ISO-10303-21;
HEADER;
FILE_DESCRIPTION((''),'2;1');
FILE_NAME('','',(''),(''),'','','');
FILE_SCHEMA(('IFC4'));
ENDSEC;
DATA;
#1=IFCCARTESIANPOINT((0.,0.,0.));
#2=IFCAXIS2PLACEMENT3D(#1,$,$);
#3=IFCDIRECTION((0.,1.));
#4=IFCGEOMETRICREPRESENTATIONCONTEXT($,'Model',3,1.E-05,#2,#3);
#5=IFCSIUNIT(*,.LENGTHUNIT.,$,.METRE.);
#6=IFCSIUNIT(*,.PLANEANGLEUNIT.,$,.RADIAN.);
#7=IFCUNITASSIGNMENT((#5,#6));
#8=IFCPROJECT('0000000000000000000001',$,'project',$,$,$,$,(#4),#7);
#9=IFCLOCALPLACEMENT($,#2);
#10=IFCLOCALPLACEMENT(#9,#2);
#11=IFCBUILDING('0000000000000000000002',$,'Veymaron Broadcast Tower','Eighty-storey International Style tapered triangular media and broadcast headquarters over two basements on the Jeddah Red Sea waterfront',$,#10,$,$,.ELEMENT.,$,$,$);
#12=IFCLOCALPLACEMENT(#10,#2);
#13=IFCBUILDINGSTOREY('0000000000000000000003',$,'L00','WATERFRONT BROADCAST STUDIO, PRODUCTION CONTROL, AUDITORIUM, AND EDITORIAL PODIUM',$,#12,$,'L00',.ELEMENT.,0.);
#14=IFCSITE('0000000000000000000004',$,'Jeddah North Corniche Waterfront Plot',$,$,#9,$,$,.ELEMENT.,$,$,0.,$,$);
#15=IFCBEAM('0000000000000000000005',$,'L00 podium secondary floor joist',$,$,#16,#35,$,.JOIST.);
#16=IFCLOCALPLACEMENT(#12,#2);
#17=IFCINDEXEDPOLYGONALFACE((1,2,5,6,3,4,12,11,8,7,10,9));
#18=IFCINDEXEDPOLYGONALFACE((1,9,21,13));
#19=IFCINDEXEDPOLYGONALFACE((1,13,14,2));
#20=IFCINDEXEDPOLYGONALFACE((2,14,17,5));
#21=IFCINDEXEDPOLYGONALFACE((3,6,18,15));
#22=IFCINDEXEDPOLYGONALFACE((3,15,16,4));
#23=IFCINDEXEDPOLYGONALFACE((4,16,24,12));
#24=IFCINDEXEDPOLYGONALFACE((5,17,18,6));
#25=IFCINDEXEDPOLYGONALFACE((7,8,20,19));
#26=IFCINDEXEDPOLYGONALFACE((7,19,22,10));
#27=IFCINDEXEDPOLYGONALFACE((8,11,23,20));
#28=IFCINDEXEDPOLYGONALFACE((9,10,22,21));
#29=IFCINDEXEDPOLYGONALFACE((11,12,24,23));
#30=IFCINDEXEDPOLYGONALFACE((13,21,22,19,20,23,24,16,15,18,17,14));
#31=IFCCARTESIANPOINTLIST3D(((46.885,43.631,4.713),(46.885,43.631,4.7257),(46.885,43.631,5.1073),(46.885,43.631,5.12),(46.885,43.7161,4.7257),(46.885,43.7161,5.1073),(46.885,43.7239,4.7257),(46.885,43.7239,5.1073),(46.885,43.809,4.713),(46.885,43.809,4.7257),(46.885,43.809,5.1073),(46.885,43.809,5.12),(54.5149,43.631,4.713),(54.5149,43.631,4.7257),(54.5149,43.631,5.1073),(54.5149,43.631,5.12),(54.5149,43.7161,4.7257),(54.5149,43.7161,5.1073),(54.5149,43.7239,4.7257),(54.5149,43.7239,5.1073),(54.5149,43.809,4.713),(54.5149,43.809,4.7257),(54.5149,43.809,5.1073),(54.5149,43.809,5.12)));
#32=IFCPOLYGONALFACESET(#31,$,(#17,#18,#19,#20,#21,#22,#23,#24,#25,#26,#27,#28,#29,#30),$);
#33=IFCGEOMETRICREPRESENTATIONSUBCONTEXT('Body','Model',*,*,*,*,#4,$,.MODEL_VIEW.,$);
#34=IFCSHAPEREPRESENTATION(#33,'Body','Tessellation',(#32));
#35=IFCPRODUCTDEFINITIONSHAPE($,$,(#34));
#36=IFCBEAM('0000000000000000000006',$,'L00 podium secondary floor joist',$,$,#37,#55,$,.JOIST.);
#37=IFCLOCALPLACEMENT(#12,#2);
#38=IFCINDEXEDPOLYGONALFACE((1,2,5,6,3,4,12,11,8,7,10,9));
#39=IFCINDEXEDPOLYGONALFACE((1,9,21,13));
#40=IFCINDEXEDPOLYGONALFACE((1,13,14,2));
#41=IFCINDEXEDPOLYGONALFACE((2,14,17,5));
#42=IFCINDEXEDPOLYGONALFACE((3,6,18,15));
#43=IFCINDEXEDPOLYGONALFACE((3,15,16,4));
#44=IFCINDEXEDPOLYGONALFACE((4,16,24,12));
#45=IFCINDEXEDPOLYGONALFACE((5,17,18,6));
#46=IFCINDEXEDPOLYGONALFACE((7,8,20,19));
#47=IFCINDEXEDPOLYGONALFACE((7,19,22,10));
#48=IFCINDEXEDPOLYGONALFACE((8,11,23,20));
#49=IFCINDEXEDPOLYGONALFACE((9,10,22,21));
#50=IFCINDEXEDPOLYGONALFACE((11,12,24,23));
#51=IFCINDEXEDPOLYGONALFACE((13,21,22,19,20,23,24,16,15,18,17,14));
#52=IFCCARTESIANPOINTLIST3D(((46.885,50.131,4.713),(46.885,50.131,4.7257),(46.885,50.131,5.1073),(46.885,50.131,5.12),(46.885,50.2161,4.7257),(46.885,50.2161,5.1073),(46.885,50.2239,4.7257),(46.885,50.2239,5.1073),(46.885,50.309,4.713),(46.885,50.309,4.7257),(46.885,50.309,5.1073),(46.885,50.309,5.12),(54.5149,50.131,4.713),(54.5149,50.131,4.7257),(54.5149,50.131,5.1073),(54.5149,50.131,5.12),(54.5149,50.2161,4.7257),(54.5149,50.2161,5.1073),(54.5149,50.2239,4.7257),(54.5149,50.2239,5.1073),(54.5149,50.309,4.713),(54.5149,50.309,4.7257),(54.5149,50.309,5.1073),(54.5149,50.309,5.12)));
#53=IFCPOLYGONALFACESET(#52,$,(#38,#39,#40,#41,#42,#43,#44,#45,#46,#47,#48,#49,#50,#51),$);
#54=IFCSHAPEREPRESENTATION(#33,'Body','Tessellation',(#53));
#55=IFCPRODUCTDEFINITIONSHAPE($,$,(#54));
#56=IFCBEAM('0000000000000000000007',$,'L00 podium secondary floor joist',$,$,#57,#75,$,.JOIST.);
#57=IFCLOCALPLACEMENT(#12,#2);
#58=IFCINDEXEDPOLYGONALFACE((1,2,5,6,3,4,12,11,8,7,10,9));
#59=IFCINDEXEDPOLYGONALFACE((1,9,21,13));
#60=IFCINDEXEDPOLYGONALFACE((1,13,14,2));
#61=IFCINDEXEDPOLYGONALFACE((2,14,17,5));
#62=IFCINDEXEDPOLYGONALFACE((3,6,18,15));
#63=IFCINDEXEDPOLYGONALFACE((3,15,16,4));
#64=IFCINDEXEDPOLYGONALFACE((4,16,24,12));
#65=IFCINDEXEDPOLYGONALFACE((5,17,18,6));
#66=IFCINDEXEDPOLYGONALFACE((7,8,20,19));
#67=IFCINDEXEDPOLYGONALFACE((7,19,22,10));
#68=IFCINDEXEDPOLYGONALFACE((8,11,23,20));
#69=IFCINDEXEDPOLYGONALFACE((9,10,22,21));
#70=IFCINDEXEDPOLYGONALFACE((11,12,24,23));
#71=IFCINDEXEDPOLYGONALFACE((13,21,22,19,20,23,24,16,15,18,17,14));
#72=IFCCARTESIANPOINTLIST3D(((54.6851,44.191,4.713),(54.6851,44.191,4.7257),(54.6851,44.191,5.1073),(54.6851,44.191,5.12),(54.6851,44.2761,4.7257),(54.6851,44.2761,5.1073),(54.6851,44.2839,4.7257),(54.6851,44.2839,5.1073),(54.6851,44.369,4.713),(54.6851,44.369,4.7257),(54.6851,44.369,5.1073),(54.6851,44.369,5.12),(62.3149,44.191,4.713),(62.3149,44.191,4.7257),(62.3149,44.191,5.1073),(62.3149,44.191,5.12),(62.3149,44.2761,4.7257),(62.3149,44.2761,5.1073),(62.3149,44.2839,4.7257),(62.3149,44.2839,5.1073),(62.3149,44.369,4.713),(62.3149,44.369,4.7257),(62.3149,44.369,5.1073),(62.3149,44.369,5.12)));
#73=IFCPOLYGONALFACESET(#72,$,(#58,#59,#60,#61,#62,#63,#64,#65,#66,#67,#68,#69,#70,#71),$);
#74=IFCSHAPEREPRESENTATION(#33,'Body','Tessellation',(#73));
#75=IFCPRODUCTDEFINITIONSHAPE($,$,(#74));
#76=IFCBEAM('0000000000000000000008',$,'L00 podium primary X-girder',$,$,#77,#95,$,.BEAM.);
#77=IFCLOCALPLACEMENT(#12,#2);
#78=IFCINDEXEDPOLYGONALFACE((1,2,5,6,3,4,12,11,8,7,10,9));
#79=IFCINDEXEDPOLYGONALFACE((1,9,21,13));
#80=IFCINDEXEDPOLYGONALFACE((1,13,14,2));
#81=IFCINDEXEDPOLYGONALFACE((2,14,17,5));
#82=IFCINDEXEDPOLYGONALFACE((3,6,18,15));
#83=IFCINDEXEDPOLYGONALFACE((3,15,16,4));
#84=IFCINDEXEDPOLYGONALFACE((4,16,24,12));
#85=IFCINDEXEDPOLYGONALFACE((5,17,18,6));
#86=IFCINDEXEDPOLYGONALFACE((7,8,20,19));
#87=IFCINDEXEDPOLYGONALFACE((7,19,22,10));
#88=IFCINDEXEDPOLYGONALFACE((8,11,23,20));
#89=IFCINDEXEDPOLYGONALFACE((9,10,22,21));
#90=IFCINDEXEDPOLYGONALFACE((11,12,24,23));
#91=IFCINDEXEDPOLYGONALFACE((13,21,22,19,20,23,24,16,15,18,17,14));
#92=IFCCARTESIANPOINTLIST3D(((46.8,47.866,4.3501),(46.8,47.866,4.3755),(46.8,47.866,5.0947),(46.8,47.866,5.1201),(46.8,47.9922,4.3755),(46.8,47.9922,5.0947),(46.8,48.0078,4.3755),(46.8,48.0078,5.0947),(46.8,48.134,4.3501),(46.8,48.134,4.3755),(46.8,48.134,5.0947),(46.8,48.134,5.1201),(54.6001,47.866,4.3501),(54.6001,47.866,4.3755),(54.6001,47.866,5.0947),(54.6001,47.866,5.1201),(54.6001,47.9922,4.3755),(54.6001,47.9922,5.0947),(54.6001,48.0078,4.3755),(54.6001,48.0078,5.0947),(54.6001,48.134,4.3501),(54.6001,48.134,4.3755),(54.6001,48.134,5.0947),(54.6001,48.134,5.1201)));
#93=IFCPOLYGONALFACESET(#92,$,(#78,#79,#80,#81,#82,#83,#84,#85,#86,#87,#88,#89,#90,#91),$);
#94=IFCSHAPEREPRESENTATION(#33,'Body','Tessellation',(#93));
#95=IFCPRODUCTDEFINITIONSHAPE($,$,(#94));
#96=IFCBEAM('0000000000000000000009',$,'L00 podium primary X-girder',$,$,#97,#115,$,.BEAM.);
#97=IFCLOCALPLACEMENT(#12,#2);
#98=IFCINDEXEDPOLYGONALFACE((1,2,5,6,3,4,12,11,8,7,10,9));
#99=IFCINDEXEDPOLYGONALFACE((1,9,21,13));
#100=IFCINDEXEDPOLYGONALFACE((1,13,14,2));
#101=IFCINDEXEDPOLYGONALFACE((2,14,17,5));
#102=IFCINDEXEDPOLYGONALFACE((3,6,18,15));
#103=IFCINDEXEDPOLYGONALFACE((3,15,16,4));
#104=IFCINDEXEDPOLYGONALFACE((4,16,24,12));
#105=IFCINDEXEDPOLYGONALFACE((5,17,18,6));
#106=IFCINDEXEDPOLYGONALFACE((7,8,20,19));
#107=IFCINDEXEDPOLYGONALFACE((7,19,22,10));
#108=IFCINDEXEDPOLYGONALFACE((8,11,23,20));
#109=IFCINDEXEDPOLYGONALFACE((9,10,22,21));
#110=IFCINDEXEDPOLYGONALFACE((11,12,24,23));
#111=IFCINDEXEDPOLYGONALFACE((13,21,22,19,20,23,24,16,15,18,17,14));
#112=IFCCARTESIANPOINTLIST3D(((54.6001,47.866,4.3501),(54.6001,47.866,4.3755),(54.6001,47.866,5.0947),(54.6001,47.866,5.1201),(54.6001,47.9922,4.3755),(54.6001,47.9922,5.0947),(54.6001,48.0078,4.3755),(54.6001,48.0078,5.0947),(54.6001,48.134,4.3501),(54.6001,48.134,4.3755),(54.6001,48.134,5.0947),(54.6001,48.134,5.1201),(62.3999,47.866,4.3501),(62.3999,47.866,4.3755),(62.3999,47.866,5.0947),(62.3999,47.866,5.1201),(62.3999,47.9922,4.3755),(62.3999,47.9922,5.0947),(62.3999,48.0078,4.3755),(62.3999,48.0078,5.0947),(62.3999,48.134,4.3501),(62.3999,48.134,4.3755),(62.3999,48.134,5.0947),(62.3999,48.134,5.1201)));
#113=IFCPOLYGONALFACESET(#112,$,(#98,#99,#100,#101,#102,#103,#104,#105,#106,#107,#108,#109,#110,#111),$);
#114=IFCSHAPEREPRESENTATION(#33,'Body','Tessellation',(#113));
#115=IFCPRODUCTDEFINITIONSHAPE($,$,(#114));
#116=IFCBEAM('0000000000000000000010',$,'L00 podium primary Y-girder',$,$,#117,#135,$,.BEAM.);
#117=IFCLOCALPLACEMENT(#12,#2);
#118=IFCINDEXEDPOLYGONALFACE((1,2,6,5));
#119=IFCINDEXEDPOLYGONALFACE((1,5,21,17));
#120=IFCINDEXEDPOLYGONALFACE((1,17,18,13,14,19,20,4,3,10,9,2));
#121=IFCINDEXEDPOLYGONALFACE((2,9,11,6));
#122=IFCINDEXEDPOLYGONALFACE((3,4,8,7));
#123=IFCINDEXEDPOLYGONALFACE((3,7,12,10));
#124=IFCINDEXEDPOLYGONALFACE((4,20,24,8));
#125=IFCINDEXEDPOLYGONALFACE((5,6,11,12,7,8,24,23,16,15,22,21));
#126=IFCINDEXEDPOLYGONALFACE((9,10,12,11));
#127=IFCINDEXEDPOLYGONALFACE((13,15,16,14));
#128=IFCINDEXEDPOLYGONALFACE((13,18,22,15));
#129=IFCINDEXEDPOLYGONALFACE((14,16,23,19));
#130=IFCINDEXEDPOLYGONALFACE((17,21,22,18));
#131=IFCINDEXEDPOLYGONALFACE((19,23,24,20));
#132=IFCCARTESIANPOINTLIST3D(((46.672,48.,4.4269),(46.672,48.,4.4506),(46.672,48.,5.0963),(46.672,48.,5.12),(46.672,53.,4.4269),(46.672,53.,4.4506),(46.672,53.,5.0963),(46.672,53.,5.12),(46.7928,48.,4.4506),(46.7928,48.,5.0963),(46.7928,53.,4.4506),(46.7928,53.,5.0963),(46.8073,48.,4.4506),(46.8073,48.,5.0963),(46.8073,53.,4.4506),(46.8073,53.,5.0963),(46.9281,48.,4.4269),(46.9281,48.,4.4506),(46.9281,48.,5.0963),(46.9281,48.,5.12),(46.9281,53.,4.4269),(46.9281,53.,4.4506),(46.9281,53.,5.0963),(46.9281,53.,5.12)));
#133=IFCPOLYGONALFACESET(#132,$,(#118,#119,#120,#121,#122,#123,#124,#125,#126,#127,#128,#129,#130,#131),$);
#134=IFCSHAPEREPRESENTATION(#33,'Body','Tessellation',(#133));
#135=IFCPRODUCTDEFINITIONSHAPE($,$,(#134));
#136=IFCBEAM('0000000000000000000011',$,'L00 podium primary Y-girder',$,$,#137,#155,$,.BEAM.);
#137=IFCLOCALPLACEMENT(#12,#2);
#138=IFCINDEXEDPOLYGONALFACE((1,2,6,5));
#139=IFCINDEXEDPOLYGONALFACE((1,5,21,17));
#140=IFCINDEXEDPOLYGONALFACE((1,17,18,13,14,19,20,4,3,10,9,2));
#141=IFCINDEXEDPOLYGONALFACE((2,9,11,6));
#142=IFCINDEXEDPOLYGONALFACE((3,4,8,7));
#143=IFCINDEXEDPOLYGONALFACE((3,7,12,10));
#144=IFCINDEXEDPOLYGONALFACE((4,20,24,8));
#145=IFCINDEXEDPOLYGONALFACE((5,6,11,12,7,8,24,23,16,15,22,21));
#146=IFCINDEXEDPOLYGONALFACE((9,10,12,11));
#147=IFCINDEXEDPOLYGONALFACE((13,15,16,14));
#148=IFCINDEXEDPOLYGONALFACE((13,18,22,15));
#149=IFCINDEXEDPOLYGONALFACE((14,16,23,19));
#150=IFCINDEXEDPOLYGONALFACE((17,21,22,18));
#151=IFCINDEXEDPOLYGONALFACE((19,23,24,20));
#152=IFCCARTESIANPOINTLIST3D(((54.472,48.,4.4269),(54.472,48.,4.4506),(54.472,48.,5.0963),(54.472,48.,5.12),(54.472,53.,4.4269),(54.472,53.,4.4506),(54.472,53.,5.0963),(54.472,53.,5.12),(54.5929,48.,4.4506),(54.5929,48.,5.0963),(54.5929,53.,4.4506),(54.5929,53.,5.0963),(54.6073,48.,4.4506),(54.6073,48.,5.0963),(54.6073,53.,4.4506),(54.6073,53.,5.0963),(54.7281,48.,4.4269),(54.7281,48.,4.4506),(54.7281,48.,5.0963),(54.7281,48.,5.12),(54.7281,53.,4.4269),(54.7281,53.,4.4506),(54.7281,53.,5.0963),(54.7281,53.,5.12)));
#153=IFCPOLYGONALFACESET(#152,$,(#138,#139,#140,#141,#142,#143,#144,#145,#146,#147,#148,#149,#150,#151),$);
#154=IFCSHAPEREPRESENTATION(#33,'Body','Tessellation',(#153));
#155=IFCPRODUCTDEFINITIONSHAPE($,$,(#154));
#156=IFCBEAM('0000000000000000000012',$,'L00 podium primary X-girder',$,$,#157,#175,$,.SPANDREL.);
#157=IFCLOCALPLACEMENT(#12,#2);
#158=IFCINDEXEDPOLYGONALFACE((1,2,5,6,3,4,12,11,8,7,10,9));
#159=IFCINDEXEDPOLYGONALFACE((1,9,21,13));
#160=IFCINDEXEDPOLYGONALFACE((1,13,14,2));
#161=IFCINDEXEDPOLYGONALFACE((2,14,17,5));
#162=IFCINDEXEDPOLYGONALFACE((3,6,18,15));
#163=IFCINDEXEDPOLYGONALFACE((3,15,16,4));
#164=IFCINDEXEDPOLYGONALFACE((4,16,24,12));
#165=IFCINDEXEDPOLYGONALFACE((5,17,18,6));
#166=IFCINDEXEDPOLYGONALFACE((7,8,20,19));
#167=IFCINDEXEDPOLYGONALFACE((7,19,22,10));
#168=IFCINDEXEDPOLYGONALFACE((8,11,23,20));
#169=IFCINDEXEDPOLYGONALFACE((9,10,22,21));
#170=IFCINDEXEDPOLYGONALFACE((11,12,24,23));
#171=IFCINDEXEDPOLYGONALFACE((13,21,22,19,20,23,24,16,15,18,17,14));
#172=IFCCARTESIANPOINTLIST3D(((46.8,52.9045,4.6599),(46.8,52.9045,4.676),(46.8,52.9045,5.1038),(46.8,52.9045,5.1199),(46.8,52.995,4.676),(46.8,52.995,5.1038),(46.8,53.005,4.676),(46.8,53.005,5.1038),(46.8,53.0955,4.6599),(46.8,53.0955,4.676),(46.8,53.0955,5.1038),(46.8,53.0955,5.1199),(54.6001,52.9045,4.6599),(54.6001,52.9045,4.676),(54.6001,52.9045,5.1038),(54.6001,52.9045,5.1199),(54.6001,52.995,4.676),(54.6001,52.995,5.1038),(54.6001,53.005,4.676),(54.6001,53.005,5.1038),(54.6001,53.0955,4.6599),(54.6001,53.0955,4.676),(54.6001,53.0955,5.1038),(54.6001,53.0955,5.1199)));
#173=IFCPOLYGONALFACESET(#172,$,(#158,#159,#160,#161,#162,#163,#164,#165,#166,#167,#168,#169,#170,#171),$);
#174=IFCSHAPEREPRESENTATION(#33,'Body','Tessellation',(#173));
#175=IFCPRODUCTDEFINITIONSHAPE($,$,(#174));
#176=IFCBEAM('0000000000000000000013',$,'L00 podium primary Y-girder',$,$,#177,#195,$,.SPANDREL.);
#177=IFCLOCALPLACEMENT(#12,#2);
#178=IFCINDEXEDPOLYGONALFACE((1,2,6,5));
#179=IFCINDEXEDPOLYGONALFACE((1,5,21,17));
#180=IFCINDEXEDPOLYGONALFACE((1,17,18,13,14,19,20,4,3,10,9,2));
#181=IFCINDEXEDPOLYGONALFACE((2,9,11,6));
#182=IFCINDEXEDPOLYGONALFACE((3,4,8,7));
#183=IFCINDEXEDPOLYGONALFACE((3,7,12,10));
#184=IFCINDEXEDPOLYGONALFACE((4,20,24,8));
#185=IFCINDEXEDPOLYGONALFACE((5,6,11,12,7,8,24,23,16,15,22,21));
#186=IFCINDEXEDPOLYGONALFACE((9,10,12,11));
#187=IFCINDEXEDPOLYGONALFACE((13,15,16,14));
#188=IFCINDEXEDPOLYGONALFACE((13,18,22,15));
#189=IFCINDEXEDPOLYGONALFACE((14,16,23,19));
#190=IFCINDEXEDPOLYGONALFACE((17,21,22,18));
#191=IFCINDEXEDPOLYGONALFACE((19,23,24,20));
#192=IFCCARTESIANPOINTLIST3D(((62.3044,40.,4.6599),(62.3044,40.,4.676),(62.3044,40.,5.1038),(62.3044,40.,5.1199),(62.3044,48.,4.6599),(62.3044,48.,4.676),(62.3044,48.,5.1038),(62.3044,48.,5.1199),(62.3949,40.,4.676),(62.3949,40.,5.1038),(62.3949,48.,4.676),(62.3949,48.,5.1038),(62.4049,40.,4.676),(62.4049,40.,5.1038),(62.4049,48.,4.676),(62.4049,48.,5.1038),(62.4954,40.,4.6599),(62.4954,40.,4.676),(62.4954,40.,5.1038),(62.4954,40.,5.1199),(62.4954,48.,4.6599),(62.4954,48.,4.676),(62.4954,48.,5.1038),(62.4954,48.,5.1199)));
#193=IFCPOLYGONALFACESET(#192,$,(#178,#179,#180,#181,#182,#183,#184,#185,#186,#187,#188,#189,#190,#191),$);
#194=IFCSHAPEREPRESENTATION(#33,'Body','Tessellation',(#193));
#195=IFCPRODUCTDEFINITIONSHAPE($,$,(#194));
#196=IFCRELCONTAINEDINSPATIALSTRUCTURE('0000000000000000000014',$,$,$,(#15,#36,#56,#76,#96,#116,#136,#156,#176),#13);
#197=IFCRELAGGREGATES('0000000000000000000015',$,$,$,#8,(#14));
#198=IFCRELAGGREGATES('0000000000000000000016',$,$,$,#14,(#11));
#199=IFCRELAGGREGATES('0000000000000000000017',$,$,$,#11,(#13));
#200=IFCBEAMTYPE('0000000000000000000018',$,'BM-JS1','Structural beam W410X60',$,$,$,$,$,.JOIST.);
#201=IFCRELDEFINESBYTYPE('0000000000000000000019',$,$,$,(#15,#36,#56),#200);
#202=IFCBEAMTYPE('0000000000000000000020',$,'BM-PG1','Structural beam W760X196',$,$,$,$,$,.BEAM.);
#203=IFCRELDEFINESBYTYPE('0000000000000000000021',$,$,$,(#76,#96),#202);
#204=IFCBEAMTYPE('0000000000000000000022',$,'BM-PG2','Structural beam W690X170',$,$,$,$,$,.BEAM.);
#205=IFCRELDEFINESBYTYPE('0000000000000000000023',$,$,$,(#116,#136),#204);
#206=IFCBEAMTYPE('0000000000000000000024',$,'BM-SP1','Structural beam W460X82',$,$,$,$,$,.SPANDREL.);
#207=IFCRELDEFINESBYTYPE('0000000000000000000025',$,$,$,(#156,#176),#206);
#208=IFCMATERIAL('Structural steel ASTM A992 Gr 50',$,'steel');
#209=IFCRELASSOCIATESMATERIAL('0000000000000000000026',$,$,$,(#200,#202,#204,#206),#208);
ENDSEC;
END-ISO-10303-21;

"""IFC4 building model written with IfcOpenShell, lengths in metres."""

from ifc_helpers import new_model, si_unit, direction, frame, origin, origin_2d, place, context, subcontext, project, spatial, i_section, extrude, material, material_profile, profile_set, type_object, element, save


model = new_model("IFC4")

# Units and contexts
model_context = context("Model", 3, precision=1e-05, world=origin(), true_north=direction((0.0, 1.0)))
body_context = subcontext(model_context, "Body", "Model", "MODEL_VIEW")
ifc_project = project(units=[si_unit("LENGTHUNIT", "METRE"), si_unit("PLANEANGLEUNIT", "RADIAN")], contexts=[model_context])

# Site, building, storey
site_placement = place(None, origin())
site = spatial("IfcSite", under=ifc_project, at=site_placement, Name="Jeddah North Corniche Waterfront Plot", CompositionType="ELEMENT", RefElevation=0.0)
building_placement = place(site_placement, origin())
building = spatial("IfcBuilding", under=site, at=building_placement, Name="Veymaron Broadcast Tower", Description="Eighty-storey International Style tapered triangular media and broadcast headquarters over two basements on the Jeddah Red Sea waterfront", CompositionType="ELEMENT")
storey_placement = place(building_placement, origin())
storey = spatial("IfcBuildingStorey", under=building, at=storey_placement, Name="L00", Description="WATERFRONT BROADCAST STUDIO, PRODUCTION CONTROL, AUDITORIUM, AND EDITORIAL PODIUM", LongName="L00", CompositionType="ELEMENT", Elevation=0.0)

# Shared definitions
ifc_material_1 = material(Name="Structural steel ASTM A992 Gr 50", Category="steel")

# Beams
ifc_material_profile_1 = material_profile(ifc_material_1, i_section(OverallWidth=0.178, OverallDepth=0.407, WebThickness=0.0078, FlangeThickness=0.0127, at=origin_2d()), Name="W410X60")
ifc_profile_set_1 = profile_set([ifc_material_profile_1], Name="Structural steel ASTM A992 Gr 50")
beam_type_1 = type_object("IfcBeamType", Name="BM-JS1", Description="Structural beam W410X60", PredefinedType="JOIST", material=ifc_profile_set_1)
for number, where, z_axis, x_axis, name in (
    (1, (46.885, 43.72, 4.9165), (1.0, 0.0, 0.0), (0.0, 1.0, 0.0), "L00 podium secondary floor joist"),
    (2, (46.885, 50.22, 4.9165), (1.0, 0.0, 0.0), (0.0, 1.0, 0.0), "L00 podium secondary floor joist"),
    (3, (54.6851, 44.28, 4.9165), (1.0, 0.0, 0.0), (0.0, 1.0, 0.0), "L00 podium secondary floor joist"),
):
    element("IfcBeam", number, at=place(storey_placement, frame(where, z_axis=z_axis, x_axis=x_axis)), inside=storey, type_object=beam_type_1, Name=name, PredefinedType="JOIST", context=body_context, shape_type="SweptSolid", body=[
        extrude(i_section(OverallWidth=0.178, OverallDepth=0.407, WebThickness=0.0078, FlangeThickness=0.0127, at=origin_2d()), origin(), (0.0, 0.0, 1.0), 7.6299),
    ])
ifc_material_profile_2 = material_profile(ifc_material_1, i_section(OverallWidth=0.2681, OverallDepth=0.77, WebThickness=0.0156, FlangeThickness=0.0254, at=origin_2d()), Name="W760X196")
ifc_profile_set_2 = profile_set([ifc_material_profile_2], Name="Structural steel ASTM A992 Gr 50")
beam_type_2 = type_object("IfcBeamType", Name="BM-PG1", Description="Structural beam W760X196", PredefinedType="BEAM", material=ifc_profile_set_2)
beam_1_placement = place(storey_placement, frame((46.8, 48.0, 4.7351), z_axis=(1.0, 0.0, 0.0), x_axis=(0.0, 1.0, 0.0)))
element("IfcBeam", 4, at=beam_1_placement, inside=storey, type_object=beam_type_2, Name="L00 podium primary X-girder", PredefinedType="BEAM", context=body_context, shape_type="SweptSolid", body=[
    extrude(i_section(OverallWidth=0.2681, OverallDepth=0.77, WebThickness=0.0156, FlangeThickness=0.0254, at=origin_2d()), origin(), (0.0, 0.0, 1.0), 7.8),
])
beam_2_placement = place(storey_placement, frame((54.6001, 48.0, 4.7351), z_axis=(1.0, 0.0, 0.0), x_axis=(0.0, 1.0, 0.0)))
element("IfcBeam", 5, at=beam_2_placement, inside=storey, type_object=beam_type_2, Name="L00 podium primary X-girder", PredefinedType="BEAM", context=body_context, shape_type="SweptSolid", body=[
    extrude(i_section(OverallWidth=0.2681, OverallDepth=0.77, WebThickness=0.0156, FlangeThickness=0.0254, at=origin_2d()), origin(), (0.0, 0.0, 1.0), 7.7998),
])
ifc_material_profile_3 = material_profile(ifc_material_1, i_section(OverallWidth=0.2561, OverallDepth=0.6931, WebThickness=0.0144, FlangeThickness=0.0237, at=origin_2d()), Name="W690X170")
ifc_profile_set_3 = profile_set([ifc_material_profile_3], Name="Structural steel ASTM A992 Gr 50")
beam_type_3 = type_object("IfcBeamType", Name="BM-PG2", Description="Structural beam W690X170", PredefinedType="BEAM", material=ifc_profile_set_3)
for number, where, z_axis, x_axis, name in (
    (6, (46.8, 48.0, 4.7734), (0.0, 1.0, 0.0), (-1.0, 0.0, 0.0), "L00 podium primary Y-girder"),
    (7, (54.6001, 48.0, 4.7734), (0.0, 1.0, 0.0), (-1.0, 0.0, 0.0), "L00 podium primary Y-girder"),
):
    element("IfcBeam", number, at=place(storey_placement, frame(where, z_axis=z_axis, x_axis=x_axis)), inside=storey, type_object=beam_type_3, Name=name, PredefinedType="BEAM", context=body_context, shape_type="SweptSolid", body=[
        extrude(i_section(OverallWidth=0.2561, OverallDepth=0.6931, WebThickness=0.0144, FlangeThickness=0.0237, at=origin_2d()), origin(), (0.0, 0.0, 1.0), 5.0),
    ])
ifc_material_profile_4 = material_profile(ifc_material_1, i_section(OverallWidth=0.1909, OverallDepth=0.46, WebThickness=0.01, FlangeThickness=0.0161, at=origin_2d()), Name="W460X82")
ifc_profile_set_4 = profile_set([ifc_material_profile_4], Name="Structural steel ASTM A992 Gr 50")
beam_type_4 = type_object("IfcBeamType", Name="BM-SP1", Description="Structural beam W460X82", PredefinedType="SPANDREL", material=ifc_profile_set_4)
beam_3_placement = place(storey_placement, frame((46.8, 53.0, 4.8899), z_axis=(1.0, 0.0, 0.0), x_axis=(0.0, 1.0, 0.0)))
element("IfcBeam", 8, at=beam_3_placement, inside=storey, type_object=beam_type_4, Name="L00 podium primary X-girder", PredefinedType="SPANDREL", context=body_context, shape_type="SweptSolid", body=[
    extrude(i_section(OverallWidth=0.1909, OverallDepth=0.46, WebThickness=0.01, FlangeThickness=0.0161, at=origin_2d()), origin(), (0.0, 0.0, 1.0), 7.8),
])
beam_4_placement = place(storey_placement, frame((62.3999, 40.0, 4.8899), z_axis=(0.0, 1.0, 0.0), x_axis=(-1.0, 0.0, 0.0)))
element("IfcBeam", 9, at=beam_4_placement, inside=storey, type_object=beam_type_4, Name="L00 podium primary Y-girder", PredefinedType="SPANDREL", context=body_context, shape_type="SweptSolid", body=[
    extrude(i_section(OverallWidth=0.1909, OverallDepth=0.46, WebThickness=0.01, FlangeThickness=0.0161, at=origin_2d()), origin(), (0.0, 0.0, 1.0), 8.0),
])

save(model, "model.ifc")
